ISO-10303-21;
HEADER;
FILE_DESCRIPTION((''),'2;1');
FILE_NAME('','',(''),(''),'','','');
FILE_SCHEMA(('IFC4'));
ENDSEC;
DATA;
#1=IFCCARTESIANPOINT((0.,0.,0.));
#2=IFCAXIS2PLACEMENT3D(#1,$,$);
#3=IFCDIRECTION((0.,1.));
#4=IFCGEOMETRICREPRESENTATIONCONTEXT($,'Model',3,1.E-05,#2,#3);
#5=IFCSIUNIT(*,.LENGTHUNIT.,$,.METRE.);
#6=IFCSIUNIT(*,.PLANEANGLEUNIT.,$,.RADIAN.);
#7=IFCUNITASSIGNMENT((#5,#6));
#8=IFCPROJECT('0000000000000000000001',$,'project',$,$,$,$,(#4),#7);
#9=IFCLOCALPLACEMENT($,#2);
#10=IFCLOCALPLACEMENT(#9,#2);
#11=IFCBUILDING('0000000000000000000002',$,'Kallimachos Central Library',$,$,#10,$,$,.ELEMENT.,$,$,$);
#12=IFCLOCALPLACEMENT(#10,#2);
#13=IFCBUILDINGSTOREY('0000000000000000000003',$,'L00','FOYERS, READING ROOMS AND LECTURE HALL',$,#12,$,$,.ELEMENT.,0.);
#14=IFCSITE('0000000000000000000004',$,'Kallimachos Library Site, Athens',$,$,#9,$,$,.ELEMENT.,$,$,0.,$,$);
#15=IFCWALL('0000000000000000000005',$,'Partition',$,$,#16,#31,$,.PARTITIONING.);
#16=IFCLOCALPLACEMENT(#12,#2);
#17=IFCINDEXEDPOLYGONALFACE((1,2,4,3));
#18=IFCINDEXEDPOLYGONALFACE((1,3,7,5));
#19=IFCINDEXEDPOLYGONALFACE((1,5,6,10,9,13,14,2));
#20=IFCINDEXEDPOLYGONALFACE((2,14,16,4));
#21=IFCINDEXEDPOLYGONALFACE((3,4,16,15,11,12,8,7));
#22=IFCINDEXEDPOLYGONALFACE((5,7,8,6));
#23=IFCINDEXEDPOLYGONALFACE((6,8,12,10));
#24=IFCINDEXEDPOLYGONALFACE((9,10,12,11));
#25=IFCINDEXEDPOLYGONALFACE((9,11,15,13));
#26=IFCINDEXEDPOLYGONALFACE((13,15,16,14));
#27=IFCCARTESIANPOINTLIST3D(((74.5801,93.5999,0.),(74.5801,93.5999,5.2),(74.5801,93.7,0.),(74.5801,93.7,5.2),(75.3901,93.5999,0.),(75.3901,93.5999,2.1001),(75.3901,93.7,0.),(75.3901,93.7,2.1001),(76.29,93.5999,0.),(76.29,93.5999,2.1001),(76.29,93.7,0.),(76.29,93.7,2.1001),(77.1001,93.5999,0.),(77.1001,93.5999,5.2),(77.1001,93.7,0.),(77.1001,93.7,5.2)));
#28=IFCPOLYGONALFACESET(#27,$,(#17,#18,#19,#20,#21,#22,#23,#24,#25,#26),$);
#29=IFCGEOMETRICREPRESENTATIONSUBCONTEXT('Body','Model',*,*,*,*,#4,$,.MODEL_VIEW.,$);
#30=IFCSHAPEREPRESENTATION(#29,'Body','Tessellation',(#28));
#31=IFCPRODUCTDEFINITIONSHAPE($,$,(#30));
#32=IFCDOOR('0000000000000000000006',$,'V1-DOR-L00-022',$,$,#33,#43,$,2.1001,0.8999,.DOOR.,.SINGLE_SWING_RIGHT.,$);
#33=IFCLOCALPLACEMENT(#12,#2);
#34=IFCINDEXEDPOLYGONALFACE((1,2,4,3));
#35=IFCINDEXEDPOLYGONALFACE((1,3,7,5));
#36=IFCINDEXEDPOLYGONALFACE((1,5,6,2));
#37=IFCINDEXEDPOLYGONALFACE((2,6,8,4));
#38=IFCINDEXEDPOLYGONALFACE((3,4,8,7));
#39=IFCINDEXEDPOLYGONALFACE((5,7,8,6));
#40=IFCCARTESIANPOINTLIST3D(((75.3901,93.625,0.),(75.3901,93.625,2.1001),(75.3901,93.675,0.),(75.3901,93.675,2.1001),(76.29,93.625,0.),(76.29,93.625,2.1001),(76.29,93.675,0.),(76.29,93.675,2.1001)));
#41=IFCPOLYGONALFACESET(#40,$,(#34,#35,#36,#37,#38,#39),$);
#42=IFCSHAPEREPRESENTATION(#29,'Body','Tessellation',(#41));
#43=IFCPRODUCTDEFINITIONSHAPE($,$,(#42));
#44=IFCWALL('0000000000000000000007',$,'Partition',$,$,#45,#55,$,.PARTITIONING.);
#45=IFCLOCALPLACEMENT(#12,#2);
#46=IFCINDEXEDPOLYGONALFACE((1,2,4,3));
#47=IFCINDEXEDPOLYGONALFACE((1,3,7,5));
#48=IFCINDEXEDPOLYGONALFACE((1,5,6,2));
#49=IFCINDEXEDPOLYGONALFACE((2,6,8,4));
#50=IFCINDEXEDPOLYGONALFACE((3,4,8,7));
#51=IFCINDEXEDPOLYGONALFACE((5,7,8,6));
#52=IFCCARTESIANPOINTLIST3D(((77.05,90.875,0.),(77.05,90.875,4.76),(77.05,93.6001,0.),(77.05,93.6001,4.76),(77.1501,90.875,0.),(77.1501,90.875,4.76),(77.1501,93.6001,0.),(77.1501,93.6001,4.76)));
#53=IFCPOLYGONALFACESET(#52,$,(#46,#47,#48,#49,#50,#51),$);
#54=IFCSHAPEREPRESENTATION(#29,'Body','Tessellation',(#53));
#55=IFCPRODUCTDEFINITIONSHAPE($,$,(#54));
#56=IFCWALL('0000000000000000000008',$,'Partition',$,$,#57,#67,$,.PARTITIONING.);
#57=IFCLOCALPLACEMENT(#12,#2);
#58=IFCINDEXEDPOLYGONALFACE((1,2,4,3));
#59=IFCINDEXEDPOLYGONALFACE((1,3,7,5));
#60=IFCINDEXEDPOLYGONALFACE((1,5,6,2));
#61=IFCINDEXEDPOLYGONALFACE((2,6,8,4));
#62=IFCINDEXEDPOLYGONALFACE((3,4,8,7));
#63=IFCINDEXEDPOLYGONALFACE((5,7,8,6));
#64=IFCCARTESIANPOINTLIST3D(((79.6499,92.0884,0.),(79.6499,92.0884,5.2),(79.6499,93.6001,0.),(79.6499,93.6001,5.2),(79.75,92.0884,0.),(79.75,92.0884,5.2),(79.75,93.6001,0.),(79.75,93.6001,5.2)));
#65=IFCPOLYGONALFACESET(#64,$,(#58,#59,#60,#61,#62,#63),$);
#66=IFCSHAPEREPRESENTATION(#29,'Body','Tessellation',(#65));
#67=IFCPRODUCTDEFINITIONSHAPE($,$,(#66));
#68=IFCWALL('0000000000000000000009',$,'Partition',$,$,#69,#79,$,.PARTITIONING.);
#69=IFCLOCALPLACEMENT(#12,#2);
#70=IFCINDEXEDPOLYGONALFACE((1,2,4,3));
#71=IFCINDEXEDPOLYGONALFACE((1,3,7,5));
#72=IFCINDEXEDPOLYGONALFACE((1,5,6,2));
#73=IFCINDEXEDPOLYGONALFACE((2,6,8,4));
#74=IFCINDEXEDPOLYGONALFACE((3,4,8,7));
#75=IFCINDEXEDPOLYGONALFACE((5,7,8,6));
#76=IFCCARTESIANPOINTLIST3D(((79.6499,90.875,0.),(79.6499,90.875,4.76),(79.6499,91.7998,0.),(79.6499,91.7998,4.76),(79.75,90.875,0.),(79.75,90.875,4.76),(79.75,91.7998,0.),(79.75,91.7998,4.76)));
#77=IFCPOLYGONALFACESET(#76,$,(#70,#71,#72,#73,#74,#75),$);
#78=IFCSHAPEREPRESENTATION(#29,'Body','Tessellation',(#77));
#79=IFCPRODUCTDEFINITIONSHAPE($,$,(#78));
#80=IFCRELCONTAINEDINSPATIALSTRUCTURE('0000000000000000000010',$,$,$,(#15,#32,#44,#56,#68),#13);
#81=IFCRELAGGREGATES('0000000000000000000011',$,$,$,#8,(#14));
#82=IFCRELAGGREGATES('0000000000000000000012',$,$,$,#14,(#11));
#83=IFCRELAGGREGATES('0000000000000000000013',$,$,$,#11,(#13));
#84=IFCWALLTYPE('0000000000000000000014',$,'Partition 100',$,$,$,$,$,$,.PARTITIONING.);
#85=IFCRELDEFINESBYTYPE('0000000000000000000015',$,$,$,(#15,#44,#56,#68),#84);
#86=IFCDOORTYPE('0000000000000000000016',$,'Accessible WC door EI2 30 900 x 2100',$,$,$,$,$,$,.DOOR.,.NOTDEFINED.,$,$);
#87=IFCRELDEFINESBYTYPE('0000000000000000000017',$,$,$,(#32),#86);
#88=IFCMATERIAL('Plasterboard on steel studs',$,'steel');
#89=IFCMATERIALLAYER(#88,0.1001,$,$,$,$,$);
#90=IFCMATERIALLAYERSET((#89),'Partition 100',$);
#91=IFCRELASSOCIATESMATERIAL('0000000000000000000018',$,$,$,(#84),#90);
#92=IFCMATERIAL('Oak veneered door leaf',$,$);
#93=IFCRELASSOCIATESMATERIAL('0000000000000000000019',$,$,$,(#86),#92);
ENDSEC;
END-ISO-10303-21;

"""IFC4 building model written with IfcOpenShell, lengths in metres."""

from ifc_helpers import new_model, si_unit, direction, frame, frame_2d, origin, place, context, subcontext, project, spatial, rectangle, extrude, material, layer, layer_set, type_object, element, fill, save


model = new_model("IFC4")

# Units and contexts
model_context = context("Model", 3, precision=1e-05, world=origin(), true_north=direction((0.0, 1.0)))
body_context = subcontext(model_context, "Body", "Model", "MODEL_VIEW")
ifc_project = project(units=[si_unit("LENGTHUNIT", "METRE"), si_unit("PLANEANGLEUNIT", "RADIAN")], contexts=[model_context])

# Site, building, storey
site_placement = place(None, origin())
site = spatial("IfcSite", under=ifc_project, at=site_placement, Name="Kallimachos Library Site, Athens", CompositionType="ELEMENT", RefElevation=0.0)
building_placement = place(site_placement, origin())
building = spatial("IfcBuilding", under=site, at=building_placement, Name="Kallimachos Central Library", CompositionType="ELEMENT")
storey_placement = place(building_placement, origin())
storey = spatial("IfcBuildingStorey", under=building, at=storey_placement, Name="L00", Description="FOYERS, READING ROOMS AND LECTURE HALL", CompositionType="ELEMENT", Elevation=0.0)

# Wall, opening, door
ifc_material_1 = material(Name="Plasterboard on steel studs", Category="steel")
ifc_layer_1 = layer(ifc_material_1, 0.1001)
ifc_layer_set_1 = layer_set([ifc_layer_1], Name="Partition 100")
wall_type_1 = type_object("IfcWallType", Name="Partition 100", PredefinedType="PARTITIONING", material=ifc_layer_set_1)
wall_1_placement = place(storey_placement, frame((77.1001, 93.6499, 0.0), z_axis=(0.0, 0.0, 1.0), x_axis=(-1.0, 0.0, 0.0)))
wall_1 = element("IfcWall", 1, at=wall_1_placement, inside=storey, type_object=wall_type_1, Name="Partition", PredefinedType="PARTITIONING", context=body_context, shape_type="SweptSolid", body=[
    extrude(rectangle(XDim=2.52, YDim=0.1001, at=frame_2d((1.26, 0.0))), origin(), (0.0, 0.0, 1.0), 5.2),
])
opening_1_placement = place(wall_1_placement, frame((0.8101, 0.0, 0.0)))
opening_1 = element("IfcOpeningElement", 2, at=opening_1_placement, cuts=wall_1, PredefinedType="OPENING", context=body_context, shape_type="SweptSolid", body=[
    extrude(rectangle(XDim=0.8999, YDim=2.1001, at=frame_2d((0.45, 1.05))), frame((0.0, 0.0601, 0.0), z_axis=(0.0, -1.0, 0.0), x_axis=(1.0, 0.0, 0.0)), (0.0, 0.0, 1.0), 0.1201),
])
ifc_material_2 = material(Name="Oak veneered door leaf")
door_type_1 = type_object("IfcDoorType", Name="Accessible WC door EI2 30 900 x 2100", OperationType="NOTDEFINED", PredefinedType="DOOR", material=ifc_material_2)
door_1_placement = place(opening_1_placement, origin())
door_1 = element("IfcDoor", 3, at=door_1_placement, inside=storey, type_object=door_type_1, Name="V1-DOR-L00-022", OperationType="SINGLE_SWING_RIGHT", OverallHeight=2.1001, OverallWidth=0.8999, PredefinedType="DOOR", context=body_context, shape_type="SweptSolid", body=[
    extrude(rectangle(XDim=0.8999, YDim=2.1001, at=frame_2d((0.45, 1.05))), frame((0.0, 0.0249, 0.0), z_axis=(0.0, -1.0, 0.0), x_axis=(1.0, 0.0, 0.0)), (0.0, 0.0, 1.0), 0.05),
])
fill(opening_1, door_1)

# Walls
wall_2_placement = place(storey_placement, frame((77.1001, 93.6001, 0.0), z_axis=(0.0, 0.0, 1.0), x_axis=(0.0, -1.0, 0.0)))
element("IfcWall", 4, at=wall_2_placement, inside=storey, type_object=wall_type_1, Name="Partition", PredefinedType="PARTITIONING", context=body_context, shape_type="SweptSolid", body=[
    extrude(rectangle(XDim=2.7251, YDim=0.1001, at=frame_2d((1.3625, 0.0))), origin(), (0.0, 0.0, 1.0), 4.76),
])
wall_3_placement = place(storey_placement, frame((79.7, 93.6001, 0.0), z_axis=(0.0, 0.0, 1.0), x_axis=(0.0, -1.0, 0.0)))
element("IfcWall", 5, at=wall_3_placement, inside=storey, type_object=wall_type_1, Name="Partition", PredefinedType="PARTITIONING", context=body_context, shape_type="SweptSolid", body=[
    extrude(rectangle(XDim=1.5117, YDim=0.1001, at=frame_2d((0.7559, 0.0))), origin(), (0.0, 0.0, 1.0), 5.2),
])
wall_4_placement = place(storey_placement, frame((79.7, 91.7998, 0.0), z_axis=(0.0, 0.0, 1.0), x_axis=(0.0, -1.0, 0.0)))
element("IfcWall", 6, at=wall_4_placement, inside=storey, type_object=wall_type_1, Name="Partition", PredefinedType="PARTITIONING", context=body_context, shape_type="SweptSolid", body=[
    extrude(rectangle(XDim=0.9248, YDim=0.1001, at=frame_2d((0.4624, 0.0))), origin(), (0.0, 0.0, 1.0), 4.76),
])

save(model, "model.ifc")
